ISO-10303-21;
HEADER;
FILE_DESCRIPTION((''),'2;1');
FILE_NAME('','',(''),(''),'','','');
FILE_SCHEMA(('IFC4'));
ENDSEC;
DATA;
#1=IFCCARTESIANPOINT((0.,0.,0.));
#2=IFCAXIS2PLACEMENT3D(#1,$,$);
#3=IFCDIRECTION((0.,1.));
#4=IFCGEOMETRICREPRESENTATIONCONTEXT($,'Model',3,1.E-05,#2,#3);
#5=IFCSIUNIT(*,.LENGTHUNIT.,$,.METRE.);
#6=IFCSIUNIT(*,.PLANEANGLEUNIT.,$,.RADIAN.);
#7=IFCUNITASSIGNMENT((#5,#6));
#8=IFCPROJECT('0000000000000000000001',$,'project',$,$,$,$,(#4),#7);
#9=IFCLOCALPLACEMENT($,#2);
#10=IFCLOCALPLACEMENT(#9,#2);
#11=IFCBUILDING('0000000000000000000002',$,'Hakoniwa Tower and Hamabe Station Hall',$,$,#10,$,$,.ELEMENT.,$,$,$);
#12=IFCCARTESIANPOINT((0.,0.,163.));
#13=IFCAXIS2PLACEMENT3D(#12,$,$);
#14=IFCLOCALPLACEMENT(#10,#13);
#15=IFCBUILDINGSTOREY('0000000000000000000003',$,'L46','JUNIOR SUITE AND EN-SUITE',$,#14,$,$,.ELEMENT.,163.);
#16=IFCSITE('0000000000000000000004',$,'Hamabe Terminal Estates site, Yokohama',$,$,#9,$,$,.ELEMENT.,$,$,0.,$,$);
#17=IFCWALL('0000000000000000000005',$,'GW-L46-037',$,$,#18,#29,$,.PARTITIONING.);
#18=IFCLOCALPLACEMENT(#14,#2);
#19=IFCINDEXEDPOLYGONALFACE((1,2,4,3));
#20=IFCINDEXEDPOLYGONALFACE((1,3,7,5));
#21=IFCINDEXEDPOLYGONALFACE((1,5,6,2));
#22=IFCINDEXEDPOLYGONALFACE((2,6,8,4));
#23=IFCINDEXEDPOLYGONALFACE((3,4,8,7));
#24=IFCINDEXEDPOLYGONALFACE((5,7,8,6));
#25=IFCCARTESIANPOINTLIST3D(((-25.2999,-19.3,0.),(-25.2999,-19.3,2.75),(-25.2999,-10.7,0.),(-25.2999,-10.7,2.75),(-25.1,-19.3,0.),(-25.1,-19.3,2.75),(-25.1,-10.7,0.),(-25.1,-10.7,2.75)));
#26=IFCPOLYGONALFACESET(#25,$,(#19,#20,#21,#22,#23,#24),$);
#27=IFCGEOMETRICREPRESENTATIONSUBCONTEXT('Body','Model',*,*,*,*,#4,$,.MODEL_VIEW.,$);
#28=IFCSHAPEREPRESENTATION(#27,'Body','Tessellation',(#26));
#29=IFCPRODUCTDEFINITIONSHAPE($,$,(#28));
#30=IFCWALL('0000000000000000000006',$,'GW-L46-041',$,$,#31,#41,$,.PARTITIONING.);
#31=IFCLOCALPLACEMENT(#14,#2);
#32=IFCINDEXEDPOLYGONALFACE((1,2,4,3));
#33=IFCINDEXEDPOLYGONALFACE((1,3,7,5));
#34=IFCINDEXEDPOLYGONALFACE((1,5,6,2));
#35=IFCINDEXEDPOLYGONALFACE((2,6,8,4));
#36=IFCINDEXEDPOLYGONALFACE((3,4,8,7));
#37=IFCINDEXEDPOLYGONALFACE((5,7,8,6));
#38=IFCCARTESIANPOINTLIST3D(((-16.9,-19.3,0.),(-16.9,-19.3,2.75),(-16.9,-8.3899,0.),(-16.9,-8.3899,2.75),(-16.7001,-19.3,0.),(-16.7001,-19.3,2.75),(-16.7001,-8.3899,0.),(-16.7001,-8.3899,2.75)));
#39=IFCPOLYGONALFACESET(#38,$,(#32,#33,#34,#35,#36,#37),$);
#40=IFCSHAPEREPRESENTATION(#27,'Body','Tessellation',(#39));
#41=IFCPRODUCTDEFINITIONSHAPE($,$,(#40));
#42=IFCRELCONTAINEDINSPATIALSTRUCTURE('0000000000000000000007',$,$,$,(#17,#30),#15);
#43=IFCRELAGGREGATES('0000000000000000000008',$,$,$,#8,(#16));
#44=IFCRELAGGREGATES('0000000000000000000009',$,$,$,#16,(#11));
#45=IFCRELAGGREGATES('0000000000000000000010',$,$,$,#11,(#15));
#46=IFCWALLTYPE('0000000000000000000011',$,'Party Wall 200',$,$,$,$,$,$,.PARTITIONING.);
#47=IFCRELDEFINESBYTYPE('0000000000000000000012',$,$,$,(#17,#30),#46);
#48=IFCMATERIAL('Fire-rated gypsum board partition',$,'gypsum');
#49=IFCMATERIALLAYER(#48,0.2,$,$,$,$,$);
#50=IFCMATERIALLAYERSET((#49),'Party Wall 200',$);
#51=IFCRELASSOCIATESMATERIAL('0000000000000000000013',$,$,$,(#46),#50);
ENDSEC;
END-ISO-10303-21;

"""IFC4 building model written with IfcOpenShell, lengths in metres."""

from ifc_helpers import new_model, si_unit, direction, frame, frame_2d, origin, place, context, subcontext, project, spatial, rectangle, extrude, material, layer, layer_set, type_object, element, save


model = new_model("IFC4")

# Units and contexts
model_context = context("Model", 3, precision=1e-05, world=origin(), true_north=direction((0.0, 1.0)))
body_context = subcontext(model_context, "Body", "Model", "MODEL_VIEW")
ifc_project = project(units=[si_unit("LENGTHUNIT", "METRE"), si_unit("PLANEANGLEUNIT", "RADIAN")], contexts=[model_context])

# Site, building, storey
site_placement = place(None, origin())
site = spatial("IfcSite", under=ifc_project, at=site_placement, Name="Hamabe Terminal Estates site, Yokohama", CompositionType="ELEMENT", RefElevation=0.0)
building_placement = place(site_placement, origin())
building = spatial("IfcBuilding", under=site, at=building_placement, Name="Hakoniwa Tower and Hamabe Station Hall", CompositionType="ELEMENT")
storey_placement = place(building_placement, frame((0.0, 0.0, 163.0)))
storey = spatial("IfcBuildingStorey", under=building, at=storey_placement, Name="L46", Description="JUNIOR SUITE AND EN-SUITE", CompositionType="ELEMENT", Elevation=163.0)

# Walls
ifc_material_1 = material(Name="Fire-rated gypsum board partition", Category="gypsum")
ifc_layer_1 = layer(ifc_material_1, 0.2)
ifc_layer_set_1 = layer_set([ifc_layer_1], Name="Party Wall 200")
wall_type_1 = type_object("IfcWallType", Name="Party Wall 200", PredefinedType="PARTITIONING", material=ifc_layer_set_1)
wall_1_placement = place(storey_placement, frame((-25.2, -19.3, 0.0), z_axis=(0.0, 0.0, 1.0), x_axis=(0.0, 1.0, 0.0)))
element("IfcWall", 1, at=wall_1_placement, inside=storey, type_object=wall_type_1, Name="GW-L46-037", PredefinedType="PARTITIONING", context=body_context, shape_type="SweptSolid", body=[
    extrude(rectangle(XDim=8.6001, YDim=0.2, at=frame_2d((4.3, 0.0))), origin(), (0.0, 0.0, 1.0), 2.75),
])
wall_2_placement = place(storey_placement, frame((-16.8, -19.3, 0.0), z_axis=(0.0, 0.0, 1.0), x_axis=(0.0, 1.0, 0.0)))
element("IfcWall", 2, at=wall_2_placement, inside=storey, type_object=wall_type_1, Name="GW-L46-041", PredefinedType="PARTITIONING", context=body_context, shape_type="SweptSolid", body=[
    extrude(rectangle(XDim=10.9102, YDim=0.2, at=frame_2d((5.4551, 0.0))), origin(), (0.0, 0.0, 1.0), 2.75),
])

save(model, "model.ifc")
